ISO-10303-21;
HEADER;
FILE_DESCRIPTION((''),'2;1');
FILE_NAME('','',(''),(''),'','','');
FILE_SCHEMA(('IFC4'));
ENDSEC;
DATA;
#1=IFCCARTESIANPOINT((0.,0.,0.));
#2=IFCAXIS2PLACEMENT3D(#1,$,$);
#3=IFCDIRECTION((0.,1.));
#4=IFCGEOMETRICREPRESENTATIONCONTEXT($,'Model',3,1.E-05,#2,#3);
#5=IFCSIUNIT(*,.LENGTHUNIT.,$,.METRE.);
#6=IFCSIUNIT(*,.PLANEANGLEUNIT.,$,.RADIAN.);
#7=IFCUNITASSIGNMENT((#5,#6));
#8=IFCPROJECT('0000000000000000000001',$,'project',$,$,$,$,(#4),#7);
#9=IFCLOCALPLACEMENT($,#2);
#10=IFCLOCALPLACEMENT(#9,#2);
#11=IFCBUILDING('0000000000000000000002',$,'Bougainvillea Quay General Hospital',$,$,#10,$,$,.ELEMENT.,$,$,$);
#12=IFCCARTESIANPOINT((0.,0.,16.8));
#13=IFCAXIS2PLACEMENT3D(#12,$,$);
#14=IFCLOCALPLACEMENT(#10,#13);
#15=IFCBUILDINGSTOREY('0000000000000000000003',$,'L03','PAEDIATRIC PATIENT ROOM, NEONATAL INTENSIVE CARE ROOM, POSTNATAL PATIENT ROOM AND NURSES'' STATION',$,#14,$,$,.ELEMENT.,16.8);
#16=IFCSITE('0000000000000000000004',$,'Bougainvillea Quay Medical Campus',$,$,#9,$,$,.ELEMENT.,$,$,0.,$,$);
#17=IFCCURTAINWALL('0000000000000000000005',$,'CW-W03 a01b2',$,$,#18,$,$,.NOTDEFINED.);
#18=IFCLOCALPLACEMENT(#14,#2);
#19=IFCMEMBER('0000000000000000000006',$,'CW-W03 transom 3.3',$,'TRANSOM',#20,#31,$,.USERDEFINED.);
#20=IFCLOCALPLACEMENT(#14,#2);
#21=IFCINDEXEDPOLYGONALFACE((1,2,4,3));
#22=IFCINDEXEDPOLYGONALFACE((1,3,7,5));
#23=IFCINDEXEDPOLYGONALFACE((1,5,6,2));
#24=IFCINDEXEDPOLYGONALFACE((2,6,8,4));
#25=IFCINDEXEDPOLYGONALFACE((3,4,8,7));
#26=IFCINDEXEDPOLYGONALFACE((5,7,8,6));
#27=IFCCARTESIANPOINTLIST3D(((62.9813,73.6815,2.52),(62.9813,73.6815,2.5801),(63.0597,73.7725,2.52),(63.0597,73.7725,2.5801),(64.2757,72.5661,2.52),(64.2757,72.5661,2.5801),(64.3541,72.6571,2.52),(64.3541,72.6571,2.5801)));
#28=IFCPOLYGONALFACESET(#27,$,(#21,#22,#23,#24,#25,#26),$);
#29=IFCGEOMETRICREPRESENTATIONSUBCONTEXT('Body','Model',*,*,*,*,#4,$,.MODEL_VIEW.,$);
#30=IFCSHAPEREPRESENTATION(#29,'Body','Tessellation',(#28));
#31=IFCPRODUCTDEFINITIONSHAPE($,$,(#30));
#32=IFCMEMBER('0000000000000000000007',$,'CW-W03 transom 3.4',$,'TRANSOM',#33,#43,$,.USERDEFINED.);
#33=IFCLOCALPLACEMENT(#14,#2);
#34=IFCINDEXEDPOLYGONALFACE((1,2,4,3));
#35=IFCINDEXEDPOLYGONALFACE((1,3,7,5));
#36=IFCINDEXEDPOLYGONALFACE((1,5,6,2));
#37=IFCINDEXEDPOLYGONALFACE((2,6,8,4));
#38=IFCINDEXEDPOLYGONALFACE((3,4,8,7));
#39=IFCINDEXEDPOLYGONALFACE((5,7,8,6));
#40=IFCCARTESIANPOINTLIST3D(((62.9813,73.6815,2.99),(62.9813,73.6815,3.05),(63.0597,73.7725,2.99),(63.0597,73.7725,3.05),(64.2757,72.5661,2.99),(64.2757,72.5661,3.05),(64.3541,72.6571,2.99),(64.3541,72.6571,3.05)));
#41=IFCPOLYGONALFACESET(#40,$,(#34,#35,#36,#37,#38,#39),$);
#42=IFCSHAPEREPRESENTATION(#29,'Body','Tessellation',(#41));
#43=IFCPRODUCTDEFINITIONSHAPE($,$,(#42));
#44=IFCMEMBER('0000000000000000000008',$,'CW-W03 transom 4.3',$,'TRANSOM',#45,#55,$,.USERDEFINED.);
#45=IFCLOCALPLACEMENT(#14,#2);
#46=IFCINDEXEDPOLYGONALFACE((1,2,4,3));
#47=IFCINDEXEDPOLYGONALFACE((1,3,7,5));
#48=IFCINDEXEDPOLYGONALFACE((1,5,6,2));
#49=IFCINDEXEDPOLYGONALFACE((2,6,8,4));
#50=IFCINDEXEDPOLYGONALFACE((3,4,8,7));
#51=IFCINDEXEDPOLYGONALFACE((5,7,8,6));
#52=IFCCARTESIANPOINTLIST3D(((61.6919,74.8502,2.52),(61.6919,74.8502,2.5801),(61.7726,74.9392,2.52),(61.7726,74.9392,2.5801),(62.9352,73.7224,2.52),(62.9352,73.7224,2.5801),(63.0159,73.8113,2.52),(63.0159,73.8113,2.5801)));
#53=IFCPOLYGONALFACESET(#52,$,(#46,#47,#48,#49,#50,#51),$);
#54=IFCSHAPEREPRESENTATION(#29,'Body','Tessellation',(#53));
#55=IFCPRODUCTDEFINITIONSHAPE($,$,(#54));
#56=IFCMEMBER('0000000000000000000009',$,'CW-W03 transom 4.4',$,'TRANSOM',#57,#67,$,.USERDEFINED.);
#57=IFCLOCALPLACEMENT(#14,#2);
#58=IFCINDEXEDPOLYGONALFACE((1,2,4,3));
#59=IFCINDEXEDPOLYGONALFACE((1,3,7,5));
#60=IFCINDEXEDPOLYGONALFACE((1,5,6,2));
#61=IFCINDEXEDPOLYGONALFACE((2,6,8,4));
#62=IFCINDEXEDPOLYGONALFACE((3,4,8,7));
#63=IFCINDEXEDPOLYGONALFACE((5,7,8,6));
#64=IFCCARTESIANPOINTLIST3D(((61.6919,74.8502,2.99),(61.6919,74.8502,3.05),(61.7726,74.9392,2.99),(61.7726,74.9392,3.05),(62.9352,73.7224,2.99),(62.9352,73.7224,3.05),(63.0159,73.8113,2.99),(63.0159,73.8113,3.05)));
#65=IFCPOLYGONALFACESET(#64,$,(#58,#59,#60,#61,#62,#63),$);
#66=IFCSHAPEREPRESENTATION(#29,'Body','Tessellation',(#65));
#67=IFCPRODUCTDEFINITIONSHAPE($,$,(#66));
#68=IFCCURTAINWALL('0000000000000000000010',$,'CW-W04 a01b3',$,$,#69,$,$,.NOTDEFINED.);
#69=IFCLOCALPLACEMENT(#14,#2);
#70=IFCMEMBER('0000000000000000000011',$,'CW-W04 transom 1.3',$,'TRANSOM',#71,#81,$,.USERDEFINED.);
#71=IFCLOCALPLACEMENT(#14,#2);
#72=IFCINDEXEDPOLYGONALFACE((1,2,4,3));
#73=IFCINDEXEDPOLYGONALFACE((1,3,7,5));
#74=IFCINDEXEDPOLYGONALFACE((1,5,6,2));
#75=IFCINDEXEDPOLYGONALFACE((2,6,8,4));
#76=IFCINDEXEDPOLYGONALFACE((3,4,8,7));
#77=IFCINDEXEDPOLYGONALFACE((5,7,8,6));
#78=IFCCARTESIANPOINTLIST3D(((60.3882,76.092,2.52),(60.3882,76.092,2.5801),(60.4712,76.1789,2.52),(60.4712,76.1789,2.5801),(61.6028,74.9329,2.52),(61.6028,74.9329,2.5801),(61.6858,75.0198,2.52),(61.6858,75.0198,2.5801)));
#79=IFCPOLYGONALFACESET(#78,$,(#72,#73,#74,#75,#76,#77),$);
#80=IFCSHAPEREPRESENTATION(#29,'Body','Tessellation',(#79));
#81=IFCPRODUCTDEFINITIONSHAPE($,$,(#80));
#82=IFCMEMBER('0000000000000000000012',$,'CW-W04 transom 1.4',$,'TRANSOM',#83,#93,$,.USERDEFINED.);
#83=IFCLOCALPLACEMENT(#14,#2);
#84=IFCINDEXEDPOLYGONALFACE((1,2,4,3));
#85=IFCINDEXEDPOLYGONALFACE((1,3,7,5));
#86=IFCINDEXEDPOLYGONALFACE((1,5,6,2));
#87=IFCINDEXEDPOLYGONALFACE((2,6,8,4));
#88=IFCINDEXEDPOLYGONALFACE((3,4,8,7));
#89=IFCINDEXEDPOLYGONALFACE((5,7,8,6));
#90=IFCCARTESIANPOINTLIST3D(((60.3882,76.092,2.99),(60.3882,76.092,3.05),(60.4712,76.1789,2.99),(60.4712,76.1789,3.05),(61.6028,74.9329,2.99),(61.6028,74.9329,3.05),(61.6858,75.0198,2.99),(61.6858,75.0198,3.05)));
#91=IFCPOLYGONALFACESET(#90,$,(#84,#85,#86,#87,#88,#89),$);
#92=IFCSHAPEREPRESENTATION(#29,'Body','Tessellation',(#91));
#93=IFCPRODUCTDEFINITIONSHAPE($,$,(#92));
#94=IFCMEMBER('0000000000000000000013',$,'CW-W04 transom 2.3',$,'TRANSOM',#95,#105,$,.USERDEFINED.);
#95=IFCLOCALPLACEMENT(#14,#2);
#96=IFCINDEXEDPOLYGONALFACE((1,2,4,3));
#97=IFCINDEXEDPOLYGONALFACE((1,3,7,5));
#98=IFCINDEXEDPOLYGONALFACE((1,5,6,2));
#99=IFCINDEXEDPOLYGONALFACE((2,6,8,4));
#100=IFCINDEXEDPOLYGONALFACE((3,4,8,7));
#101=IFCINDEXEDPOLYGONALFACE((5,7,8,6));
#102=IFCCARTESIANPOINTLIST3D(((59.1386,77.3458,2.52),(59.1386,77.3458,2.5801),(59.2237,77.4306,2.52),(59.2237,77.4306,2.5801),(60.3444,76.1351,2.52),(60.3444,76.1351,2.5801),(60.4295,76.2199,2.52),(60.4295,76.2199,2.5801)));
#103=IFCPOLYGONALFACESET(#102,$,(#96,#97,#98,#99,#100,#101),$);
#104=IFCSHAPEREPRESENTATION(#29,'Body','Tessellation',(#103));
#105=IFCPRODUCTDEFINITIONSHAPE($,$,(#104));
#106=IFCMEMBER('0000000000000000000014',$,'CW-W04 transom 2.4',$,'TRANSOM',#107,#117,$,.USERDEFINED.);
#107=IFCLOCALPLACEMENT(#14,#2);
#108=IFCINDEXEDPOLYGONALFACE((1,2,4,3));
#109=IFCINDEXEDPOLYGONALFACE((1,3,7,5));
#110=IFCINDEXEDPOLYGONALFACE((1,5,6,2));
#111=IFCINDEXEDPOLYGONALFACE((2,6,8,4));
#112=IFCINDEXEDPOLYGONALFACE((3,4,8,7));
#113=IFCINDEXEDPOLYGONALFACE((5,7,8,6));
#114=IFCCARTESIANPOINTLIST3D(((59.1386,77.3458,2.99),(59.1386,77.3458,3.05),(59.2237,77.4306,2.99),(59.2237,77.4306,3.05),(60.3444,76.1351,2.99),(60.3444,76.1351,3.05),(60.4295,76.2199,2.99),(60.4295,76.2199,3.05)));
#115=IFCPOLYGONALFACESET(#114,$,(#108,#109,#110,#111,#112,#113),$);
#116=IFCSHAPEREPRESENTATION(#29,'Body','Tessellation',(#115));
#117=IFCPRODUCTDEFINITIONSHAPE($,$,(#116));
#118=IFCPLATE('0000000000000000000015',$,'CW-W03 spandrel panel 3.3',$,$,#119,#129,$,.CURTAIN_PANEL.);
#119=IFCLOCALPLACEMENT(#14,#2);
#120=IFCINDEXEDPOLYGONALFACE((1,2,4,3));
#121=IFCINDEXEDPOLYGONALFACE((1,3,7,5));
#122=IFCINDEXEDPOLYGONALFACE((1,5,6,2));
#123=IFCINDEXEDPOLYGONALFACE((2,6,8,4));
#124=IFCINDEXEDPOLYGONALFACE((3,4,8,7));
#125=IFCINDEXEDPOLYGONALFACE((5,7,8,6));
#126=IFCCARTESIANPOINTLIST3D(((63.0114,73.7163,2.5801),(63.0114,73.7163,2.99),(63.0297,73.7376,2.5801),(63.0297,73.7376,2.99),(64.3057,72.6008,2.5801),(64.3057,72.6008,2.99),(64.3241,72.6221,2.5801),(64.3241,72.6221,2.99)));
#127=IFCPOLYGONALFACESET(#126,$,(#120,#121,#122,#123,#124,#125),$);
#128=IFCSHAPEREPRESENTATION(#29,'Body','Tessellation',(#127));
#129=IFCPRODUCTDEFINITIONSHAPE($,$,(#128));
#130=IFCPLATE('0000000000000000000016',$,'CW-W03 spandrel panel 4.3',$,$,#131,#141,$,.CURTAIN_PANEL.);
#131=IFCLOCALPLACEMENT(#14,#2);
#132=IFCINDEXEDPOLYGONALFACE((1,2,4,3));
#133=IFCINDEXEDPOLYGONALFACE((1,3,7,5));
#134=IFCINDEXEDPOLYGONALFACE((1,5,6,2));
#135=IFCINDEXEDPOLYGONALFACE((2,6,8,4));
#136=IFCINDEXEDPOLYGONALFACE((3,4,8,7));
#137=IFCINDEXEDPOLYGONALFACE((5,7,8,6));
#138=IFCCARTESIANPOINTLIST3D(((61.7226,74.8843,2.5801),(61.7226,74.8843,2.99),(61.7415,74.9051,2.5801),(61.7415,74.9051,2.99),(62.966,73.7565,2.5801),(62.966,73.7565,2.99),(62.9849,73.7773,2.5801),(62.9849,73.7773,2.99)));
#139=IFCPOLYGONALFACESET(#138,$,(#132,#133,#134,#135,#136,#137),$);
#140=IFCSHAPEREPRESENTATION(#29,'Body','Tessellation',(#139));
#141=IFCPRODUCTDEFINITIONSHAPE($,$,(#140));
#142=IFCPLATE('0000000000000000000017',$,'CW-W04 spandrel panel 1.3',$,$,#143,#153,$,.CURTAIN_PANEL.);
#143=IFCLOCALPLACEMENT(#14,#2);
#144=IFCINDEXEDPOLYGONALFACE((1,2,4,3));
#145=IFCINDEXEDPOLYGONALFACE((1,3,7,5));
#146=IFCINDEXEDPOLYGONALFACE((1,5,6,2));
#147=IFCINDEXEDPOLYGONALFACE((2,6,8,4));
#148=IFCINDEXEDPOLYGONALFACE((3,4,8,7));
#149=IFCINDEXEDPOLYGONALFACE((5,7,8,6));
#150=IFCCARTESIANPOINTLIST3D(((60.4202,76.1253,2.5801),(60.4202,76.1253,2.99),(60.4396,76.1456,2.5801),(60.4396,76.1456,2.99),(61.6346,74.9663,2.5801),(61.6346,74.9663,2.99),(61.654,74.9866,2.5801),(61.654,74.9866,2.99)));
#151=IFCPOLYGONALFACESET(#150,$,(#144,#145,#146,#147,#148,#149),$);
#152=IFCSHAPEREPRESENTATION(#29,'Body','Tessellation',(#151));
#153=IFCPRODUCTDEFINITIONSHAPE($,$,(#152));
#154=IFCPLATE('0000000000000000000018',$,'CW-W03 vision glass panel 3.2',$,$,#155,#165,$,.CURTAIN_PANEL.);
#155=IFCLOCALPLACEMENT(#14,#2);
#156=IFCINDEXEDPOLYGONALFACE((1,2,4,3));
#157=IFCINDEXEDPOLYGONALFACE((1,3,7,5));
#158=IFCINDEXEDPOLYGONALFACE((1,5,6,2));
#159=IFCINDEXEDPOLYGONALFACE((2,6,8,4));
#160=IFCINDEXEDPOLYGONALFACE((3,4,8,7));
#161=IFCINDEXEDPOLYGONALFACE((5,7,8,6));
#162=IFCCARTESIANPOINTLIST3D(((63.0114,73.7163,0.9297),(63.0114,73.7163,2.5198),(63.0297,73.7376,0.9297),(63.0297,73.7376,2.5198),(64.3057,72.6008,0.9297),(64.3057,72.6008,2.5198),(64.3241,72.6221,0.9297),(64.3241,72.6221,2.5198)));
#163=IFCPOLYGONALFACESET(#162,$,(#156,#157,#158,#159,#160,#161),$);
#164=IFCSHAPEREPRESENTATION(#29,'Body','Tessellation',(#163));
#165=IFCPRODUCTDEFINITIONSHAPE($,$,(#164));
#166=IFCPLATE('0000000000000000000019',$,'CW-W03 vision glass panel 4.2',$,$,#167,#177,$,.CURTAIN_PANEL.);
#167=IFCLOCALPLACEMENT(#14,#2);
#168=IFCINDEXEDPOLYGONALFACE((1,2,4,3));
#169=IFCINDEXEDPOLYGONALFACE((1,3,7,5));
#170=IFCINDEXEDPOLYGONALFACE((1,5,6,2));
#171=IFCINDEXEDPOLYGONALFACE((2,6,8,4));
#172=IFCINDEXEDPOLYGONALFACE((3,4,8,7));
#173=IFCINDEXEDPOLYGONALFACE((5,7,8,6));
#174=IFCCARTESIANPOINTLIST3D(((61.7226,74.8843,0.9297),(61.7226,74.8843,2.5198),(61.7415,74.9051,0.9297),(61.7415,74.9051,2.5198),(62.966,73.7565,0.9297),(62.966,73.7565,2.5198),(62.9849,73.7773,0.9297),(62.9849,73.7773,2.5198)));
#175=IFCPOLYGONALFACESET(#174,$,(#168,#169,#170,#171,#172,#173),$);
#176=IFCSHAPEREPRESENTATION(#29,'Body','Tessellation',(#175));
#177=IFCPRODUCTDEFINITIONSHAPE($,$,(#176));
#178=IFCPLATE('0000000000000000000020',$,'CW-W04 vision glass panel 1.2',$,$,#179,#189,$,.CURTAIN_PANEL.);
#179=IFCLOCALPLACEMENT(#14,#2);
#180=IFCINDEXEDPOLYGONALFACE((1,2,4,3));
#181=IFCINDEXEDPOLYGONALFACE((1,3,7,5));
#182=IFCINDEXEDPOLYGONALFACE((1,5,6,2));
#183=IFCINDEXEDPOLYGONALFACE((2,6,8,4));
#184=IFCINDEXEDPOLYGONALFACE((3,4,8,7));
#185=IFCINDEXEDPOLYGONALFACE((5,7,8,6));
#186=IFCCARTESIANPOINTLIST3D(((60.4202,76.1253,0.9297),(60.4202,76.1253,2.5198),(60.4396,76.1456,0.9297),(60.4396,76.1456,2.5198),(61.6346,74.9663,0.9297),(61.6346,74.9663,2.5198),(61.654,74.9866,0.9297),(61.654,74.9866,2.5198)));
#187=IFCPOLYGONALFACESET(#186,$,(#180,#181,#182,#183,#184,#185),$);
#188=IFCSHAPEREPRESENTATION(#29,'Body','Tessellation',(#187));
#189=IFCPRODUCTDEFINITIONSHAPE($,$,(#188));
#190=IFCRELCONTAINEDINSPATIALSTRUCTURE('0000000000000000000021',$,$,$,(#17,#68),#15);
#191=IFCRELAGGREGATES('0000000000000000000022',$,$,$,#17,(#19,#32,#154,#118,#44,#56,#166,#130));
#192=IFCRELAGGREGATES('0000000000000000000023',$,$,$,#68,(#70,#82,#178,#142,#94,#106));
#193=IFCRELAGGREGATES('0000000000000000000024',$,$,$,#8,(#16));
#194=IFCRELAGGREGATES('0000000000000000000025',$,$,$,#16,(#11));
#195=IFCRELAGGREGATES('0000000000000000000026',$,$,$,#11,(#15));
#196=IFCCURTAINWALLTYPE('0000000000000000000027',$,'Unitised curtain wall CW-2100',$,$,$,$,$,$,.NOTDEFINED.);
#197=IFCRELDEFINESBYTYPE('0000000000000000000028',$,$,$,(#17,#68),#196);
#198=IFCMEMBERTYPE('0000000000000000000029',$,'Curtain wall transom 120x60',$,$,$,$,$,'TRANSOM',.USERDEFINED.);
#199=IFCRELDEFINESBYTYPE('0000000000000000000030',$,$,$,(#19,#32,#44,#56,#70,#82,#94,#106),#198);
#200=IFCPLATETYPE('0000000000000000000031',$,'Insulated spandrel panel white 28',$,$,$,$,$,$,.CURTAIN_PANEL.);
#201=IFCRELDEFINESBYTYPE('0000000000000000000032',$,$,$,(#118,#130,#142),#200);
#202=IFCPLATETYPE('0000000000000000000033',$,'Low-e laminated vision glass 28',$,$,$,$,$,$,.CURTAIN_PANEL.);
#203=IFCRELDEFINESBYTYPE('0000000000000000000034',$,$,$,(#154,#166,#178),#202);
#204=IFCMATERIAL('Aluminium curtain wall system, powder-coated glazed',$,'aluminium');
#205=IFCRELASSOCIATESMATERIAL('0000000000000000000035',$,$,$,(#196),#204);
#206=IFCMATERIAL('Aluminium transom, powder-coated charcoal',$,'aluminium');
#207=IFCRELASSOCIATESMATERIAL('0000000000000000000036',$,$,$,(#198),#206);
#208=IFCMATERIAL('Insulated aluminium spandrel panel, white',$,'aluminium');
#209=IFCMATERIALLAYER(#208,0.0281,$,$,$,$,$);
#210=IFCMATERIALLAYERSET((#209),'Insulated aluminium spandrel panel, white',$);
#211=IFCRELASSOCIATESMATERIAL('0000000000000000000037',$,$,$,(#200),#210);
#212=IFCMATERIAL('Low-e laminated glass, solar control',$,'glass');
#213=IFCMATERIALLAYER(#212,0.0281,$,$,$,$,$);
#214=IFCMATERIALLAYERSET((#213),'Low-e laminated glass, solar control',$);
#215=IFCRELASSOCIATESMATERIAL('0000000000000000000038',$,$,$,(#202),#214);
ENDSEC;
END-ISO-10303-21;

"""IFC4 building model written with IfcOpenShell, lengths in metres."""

from ifc_helpers import new_model, si_unit, direction, frame, origin, origin_2d, place, context, subcontext, project, spatial, rectangle, extrude, material, layer, layer_set, material_profile, profile_set, type_object, element, aggregate, save


model = new_model("IFC4")

# Units and contexts
model_context = context("Model", 3, precision=1e-05, world=origin(), true_north=direction((0.0, 1.0)))
body_context = subcontext(model_context, "Body", "Model", "MODEL_VIEW")
ifc_project = project(units=[si_unit("LENGTHUNIT", "METRE"), si_unit("PLANEANGLEUNIT", "RADIAN")], contexts=[model_context])

# Site, building, storey
site_placement = place(None, origin())
site = spatial("IfcSite", under=ifc_project, at=site_placement, Name="Bougainvillea Quay Medical Campus", CompositionType="ELEMENT", RefElevation=0.0)
building_placement = place(site_placement, origin())
building = spatial("IfcBuilding", under=site, at=building_placement, Name="Bougainvillea Quay General Hospital", CompositionType="ELEMENT")
storey_placement = place(building_placement, frame((0.0, 0.0, 16.8)))
storey = spatial("IfcBuildingStorey", under=building, at=storey_placement, Name="L03", Description="PAEDIATRIC PATIENT ROOM, NEONATAL INTENSIVE CARE ROOM, POSTNATAL PATIENT ROOM AND NURSES' STATION", CompositionType="ELEMENT", Elevation=16.8)

# Curtain walls, members
ifc_material_1 = material(Name="Aluminium curtain wall system, powder-coated glazed", Category="aluminium")
curtain_wall_type = type_object("IfcCurtainWallType", Name="Unitised curtain wall CW-2100", PredefinedType="NOTDEFINED", material=ifc_material_1)
curtain_wall_1_placement = place(storey_placement, origin())
curtain_wall_1 = element("IfcCurtainWall", 1, at=curtain_wall_1_placement, inside=storey, type_object=curtain_wall_type, Name="CW-W03 a01b2", PredefinedType="NOTDEFINED")
ifc_material_2 = material(Name="Aluminium transom, powder-coated charcoal", Category="aluminium")
ifc_material_profile_1 = material_profile(ifc_material_2, rectangle(XDim=0.1201, YDim=0.0601, at=origin_2d()))
ifc_profile_set_1 = profile_set([ifc_material_profile_1], Name="Aluminium transom, powder-coated charcoal")
member_type = type_object("IfcMemberType", Name="Curtain wall transom 120x60", ElementType="TRANSOM", PredefinedType="USERDEFINED", material=ifc_profile_set_1)
member_1_placement = place(storey_placement, frame((64.3149, 72.6116, 2.55), z_axis=(-0.757529, 0.652801, 0.0), x_axis=(-0.652801, -0.757529, 0.0)))
member_1 = element("IfcMember", 2, at=member_1_placement, type_object=member_type, Name="CW-W03 transom 3.3", ObjectType="TRANSOM", PredefinedType="USERDEFINED", context=body_context, shape_type="SweptSolid", body=[
    extrude(rectangle(XDim=0.1201, YDim=0.0601, at=origin_2d()), origin(), (0.0, 0.0, 1.0), 1.7087),
])
member_2_placement = place(storey_placement, frame((64.3149, 72.6116, 3.02), z_axis=(-0.757529, 0.652801, 0.0), x_axis=(-0.652801, -0.757529, 0.0)))
member_2 = element("IfcMember", 3, at=member_2_placement, type_object=member_type, Name="CW-W03 transom 3.4", ObjectType="TRANSOM", PredefinedType="USERDEFINED", context=body_context, shape_type="SweptSolid", body=[
    extrude(rectangle(XDim=0.1201, YDim=0.0601, at=origin_2d()), origin(), (0.0, 0.0, 1.0), 1.7087),
])
member_3_placement = place(storey_placement, frame((62.9756, 73.7668, 2.55), z_axis=(-0.740663, 0.671876, 0.0), x_axis=(-0.671876, -0.740663, 0.0)))
member_3 = element("IfcMember", 4, at=member_3_placement, type_object=member_type, Name="CW-W03 transom 4.3", ObjectType="TRANSOM", PredefinedType="USERDEFINED", context=body_context, shape_type="SweptSolid", body=[
    extrude(rectangle(XDim=0.1201, YDim=0.0601, at=origin_2d()), origin(), (0.0, 0.0, 1.0), 1.6787),
])
member_4_placement = place(storey_placement, frame((62.9756, 73.7668, 3.02), z_axis=(-0.740663, 0.671876, 0.0), x_axis=(-0.671876, -0.740663, 0.0)))
member_4 = element("IfcMember", 5, at=member_4_placement, type_object=member_type, Name="CW-W03 transom 4.4", ObjectType="TRANSOM", PredefinedType="USERDEFINED", context=body_context, shape_type="SweptSolid", body=[
    extrude(rectangle(XDim=0.1201, YDim=0.0601, at=origin_2d()), origin(), (0.0, 0.0, 1.0), 1.6787),
])
curtain_wall_2_placement = place(storey_placement, origin())
curtain_wall_2 = element("IfcCurtainWall", 6, at=curtain_wall_2_placement, inside=storey, type_object=curtain_wall_type, Name="CW-W04 a01b3", PredefinedType="NOTDEFINED")
member_5_placement = place(storey_placement, frame((61.6443, 74.9763, 2.55), z_axis=(-0.723418, 0.69041, 0.0), x_axis=(-0.69041, -0.723418, 0.0)))
member_5 = element("IfcMember", 7, at=member_5_placement, type_object=member_type, Name="CW-W04 transom 1.3", ObjectType="TRANSOM", PredefinedType="USERDEFINED", context=body_context, shape_type="SweptSolid", body=[
    extrude(rectangle(XDim=0.1201, YDim=0.0601, at=origin_2d()), origin(), (0.0, 0.0, 1.0), 1.679),
])
member_6_placement = place(storey_placement, frame((61.6443, 74.9763, 3.02), z_axis=(-0.723418, 0.69041, 0.0), x_axis=(-0.69041, -0.723418, 0.0)))
member_6 = element("IfcMember", 8, at=member_6_placement, type_object=member_type, Name="CW-W04 transom 1.4", ObjectType="TRANSOM", PredefinedType="USERDEFINED", context=body_context, shape_type="SweptSolid", body=[
    extrude(rectangle(XDim=0.1201, YDim=0.0601, at=origin_2d()), origin(), (0.0, 0.0, 1.0), 1.679),
])
member_7_placement = place(storey_placement, frame((60.387, 76.1775, 2.55), z_axis=(-0.705677, 0.708534, 0.0), x_axis=(-0.708534, -0.705677, 0.0)))
member_7 = element("IfcMember", 9, at=member_7_placement, type_object=member_type, Name="CW-W04 transom 2.3", ObjectType="TRANSOM", PredefinedType="USERDEFINED", context=body_context, shape_type="SweptSolid", body=[
    extrude(rectangle(XDim=0.1201, YDim=0.0601, at=origin_2d()), origin(), (0.0, 0.0, 1.0), 1.7087),
])
member_8_placement = place(storey_placement, frame((60.387, 76.1775, 3.02), z_axis=(-0.705677, 0.708534, 0.0), x_axis=(-0.708534, -0.705677, 0.0)))
member_8 = element("IfcMember", 10, at=member_8_placement, type_object=member_type, Name="CW-W04 transom 2.4", ObjectType="TRANSOM", PredefinedType="USERDEFINED", context=body_context, shape_type="SweptSolid", body=[
    extrude(rectangle(XDim=0.1201, YDim=0.0601, at=origin_2d()), origin(), (0.0, 0.0, 1.0), 1.7087),
])

# Plates
ifc_material_3 = material(Name="Insulated aluminium spandrel panel, white", Category="aluminium")
ifc_layer_1 = layer(ifc_material_3, 0.0281)
ifc_layer_set_1 = layer_set([ifc_layer_1], Name="Insulated aluminium spandrel panel, white")
plate_type_1 = type_object("IfcPlateType", Name="Insulated spandrel panel white 28", PredefinedType="CURTAIN_PANEL", material=ifc_layer_set_1)
plate_1_placement = place(storey_placement, frame((63.6677, 73.1692, 2.5801), z_axis=(0.0, 0.0, 1.0), x_axis=(-0.757491, 0.652846, 0.0)))
plate_1 = element("IfcPlate", 11, at=plate_1_placement, type_object=plate_type_1, Name="CW-W03 spandrel panel 3.3", PredefinedType="CURTAIN_PANEL", context=body_context, shape_type="SweptSolid", body=[
    extrude(rectangle(XDim=1.7087, YDim=0.0281, at=origin_2d()), origin(), (0.0, 0.0, 1.0), 0.4099),
])
plate_2_placement = place(storey_placement, frame((62.3538, 74.3308, 2.5801), z_axis=(0.0, 0.0, 1.0), x_axis=(-0.740693, 0.671843, 0.0)))
plate_2 = element("IfcPlate", 12, at=plate_2_placement, type_object=plate_type_1, Name="CW-W03 spandrel panel 4.3", PredefinedType="CURTAIN_PANEL", context=body_context, shape_type="SweptSolid", body=[
    extrude(rectangle(XDim=1.6787, YDim=0.0281, at=origin_2d()), origin(), (0.0, 0.0, 1.0), 0.4099),
])
plate_3_placement = place(storey_placement, frame((61.0371, 75.5559, 2.5801), z_axis=(0.0, 0.0, 1.0), x_axis=(-0.723419, 0.690409, 0.0)))
plate_3 = element("IfcPlate", 13, at=plate_3_placement, type_object=plate_type_1, Name="CW-W04 spandrel panel 1.3", PredefinedType="CURTAIN_PANEL", context=body_context, shape_type="SweptSolid", body=[
    extrude(rectangle(XDim=1.6787, YDim=0.0281, at=origin_2d()), origin(), (0.0, 0.0, 1.0), 0.4099),
])
ifc_material_4 = material(Name="Low-e laminated glass, solar control", Category="glass")
ifc_layer_2 = layer(ifc_material_4, 0.0281)
ifc_layer_set_2 = layer_set([ifc_layer_2], Name="Low-e laminated glass, solar control")
plate_type_2 = type_object("IfcPlateType", Name="Low-e laminated vision glass 28", PredefinedType="CURTAIN_PANEL", material=ifc_layer_set_2)
plate_4_placement = place(storey_placement, frame((63.6677, 73.1692, 0.9297), z_axis=(0.0, 0.0, 1.0), x_axis=(-0.757491, 0.652846, 0.0)))
plate_4 = element("IfcPlate", 14, at=plate_4_placement, type_object=plate_type_2, Name="CW-W03 vision glass panel 3.2", PredefinedType="CURTAIN_PANEL", context=body_context, shape_type="SweptSolid", body=[
    extrude(rectangle(XDim=1.7087, YDim=0.0281, at=origin_2d()), origin(), (0.0, 0.0, 1.0), 1.5901),
])
plate_5_placement = place(storey_placement, frame((62.3538, 74.3308, 0.9297), z_axis=(0.0, 0.0, 1.0), x_axis=(-0.740693, 0.671843, 0.0)))
plate_5 = element("IfcPlate", 15, at=plate_5_placement, type_object=plate_type_2, Name="CW-W03 vision glass panel 4.2", PredefinedType="CURTAIN_PANEL", context=body_context, shape_type="SweptSolid", body=[
    extrude(rectangle(XDim=1.6787, YDim=0.0281, at=origin_2d()), origin(), (0.0, 0.0, 1.0), 1.5901),
])
aggregate(curtain_wall_1, [member_1, member_2, plate_4, plate_1, member_3, member_4, plate_5, plate_2])
plate_6_placement = place(storey_placement, frame((61.0371, 75.5559, 0.9297), z_axis=(0.0, 0.0, 1.0), x_axis=(-0.723419, 0.690409, 0.0)))
plate_6 = element("IfcPlate", 16, at=plate_6_placement, type_object=plate_type_2, Name="CW-W04 vision glass panel 1.2", PredefinedType="CURTAIN_PANEL", context=body_context, shape_type="SweptSolid", body=[
    extrude(rectangle(XDim=1.6787, YDim=0.0281, at=origin_2d()), origin(), (0.0, 0.0, 1.0), 1.5901),
])
aggregate(curtain_wall_2, [member_5, member_6, plate_6, plate_3, member_7, member_8])

save(model, "model.ifc")
